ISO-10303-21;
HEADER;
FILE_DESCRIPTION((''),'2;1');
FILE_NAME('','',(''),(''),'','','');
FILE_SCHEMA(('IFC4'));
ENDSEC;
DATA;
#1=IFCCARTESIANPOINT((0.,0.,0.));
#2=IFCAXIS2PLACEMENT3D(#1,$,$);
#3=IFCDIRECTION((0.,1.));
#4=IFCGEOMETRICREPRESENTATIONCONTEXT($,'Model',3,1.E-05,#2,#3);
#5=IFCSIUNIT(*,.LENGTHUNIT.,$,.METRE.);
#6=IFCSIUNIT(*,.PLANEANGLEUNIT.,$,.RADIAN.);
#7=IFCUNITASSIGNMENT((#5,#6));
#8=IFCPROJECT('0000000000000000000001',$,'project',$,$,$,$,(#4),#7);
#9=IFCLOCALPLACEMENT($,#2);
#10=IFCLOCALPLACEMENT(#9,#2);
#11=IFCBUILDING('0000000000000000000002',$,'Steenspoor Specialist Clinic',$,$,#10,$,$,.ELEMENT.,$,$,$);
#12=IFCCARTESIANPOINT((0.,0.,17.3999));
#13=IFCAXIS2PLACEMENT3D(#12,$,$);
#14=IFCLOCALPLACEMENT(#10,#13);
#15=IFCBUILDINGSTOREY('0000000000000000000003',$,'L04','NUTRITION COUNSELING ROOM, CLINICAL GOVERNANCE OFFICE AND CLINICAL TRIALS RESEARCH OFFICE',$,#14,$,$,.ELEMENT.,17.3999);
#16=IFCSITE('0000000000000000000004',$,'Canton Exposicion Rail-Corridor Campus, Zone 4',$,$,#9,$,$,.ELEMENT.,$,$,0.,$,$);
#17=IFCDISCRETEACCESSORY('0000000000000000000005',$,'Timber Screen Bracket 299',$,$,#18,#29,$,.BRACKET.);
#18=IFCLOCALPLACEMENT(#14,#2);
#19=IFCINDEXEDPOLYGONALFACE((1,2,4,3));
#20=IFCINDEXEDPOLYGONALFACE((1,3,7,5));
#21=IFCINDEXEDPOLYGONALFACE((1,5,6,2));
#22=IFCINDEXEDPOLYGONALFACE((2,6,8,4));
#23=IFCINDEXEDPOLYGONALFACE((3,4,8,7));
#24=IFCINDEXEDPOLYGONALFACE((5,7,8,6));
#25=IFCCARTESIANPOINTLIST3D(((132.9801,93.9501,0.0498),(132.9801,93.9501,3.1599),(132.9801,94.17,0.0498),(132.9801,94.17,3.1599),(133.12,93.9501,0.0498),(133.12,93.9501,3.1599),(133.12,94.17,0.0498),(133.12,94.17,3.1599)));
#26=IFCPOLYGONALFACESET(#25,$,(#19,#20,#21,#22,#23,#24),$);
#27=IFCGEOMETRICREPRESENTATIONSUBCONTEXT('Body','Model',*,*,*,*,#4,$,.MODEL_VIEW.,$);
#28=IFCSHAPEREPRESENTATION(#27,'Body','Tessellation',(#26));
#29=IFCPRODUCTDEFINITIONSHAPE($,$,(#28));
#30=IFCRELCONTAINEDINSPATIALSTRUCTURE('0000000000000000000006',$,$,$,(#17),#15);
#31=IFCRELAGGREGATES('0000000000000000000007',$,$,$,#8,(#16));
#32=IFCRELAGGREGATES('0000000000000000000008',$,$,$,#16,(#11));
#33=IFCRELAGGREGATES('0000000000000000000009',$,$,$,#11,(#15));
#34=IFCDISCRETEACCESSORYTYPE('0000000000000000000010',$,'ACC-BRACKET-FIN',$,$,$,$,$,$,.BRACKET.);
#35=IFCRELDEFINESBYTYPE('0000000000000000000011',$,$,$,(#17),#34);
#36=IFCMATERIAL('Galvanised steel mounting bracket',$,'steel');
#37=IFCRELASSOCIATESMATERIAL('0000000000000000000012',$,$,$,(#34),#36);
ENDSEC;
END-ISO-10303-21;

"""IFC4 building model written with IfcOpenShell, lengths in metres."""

from ifc_helpers import new_model, si_unit, direction, frame, origin, origin_2d, place, context, subcontext, project, spatial, rectangle, extrude, material, type_object, element, save


model = new_model("IFC4")

# Units and contexts
model_context = context("Model", 3, precision=1e-05, world=origin(), true_north=direction((0.0, 1.0)))
body_context = subcontext(model_context, "Body", "Model", "MODEL_VIEW")
ifc_project = project(units=[si_unit("LENGTHUNIT", "METRE"), si_unit("PLANEANGLEUNIT", "RADIAN")], contexts=[model_context])

# Site, building, storey
site_placement = place(None, origin())
site = spatial("IfcSite", under=ifc_project, at=site_placement, Name="Canton Exposicion Rail-Corridor Campus, Zone 4", CompositionType="ELEMENT", RefElevation=0.0)
building_placement = place(site_placement, origin())
building = spatial("IfcBuilding", under=site, at=building_placement, Name="Steenspoor Specialist Clinic", CompositionType="ELEMENT")
storey_placement = place(building_placement, frame((0.0, 0.0, 17.3999)))
storey = spatial("IfcBuildingStorey", under=building, at=storey_placement, Name="L04", Description="NUTRITION COUNSELING ROOM, CLINICAL GOVERNANCE OFFICE AND CLINICAL TRIALS RESEARCH OFFICE", CompositionType="ELEMENT", Elevation=17.3999)

# Discrete accessory
ifc_material_1 = material(Name="Galvanised steel mounting bracket", Category="steel")
discrete_accessory_type = type_object("IfcDiscreteAccessoryType", Name="ACC-BRACKET-FIN", PredefinedType="BRACKET", material=ifc_material_1)
discrete_accessory_placement = place(storey_placement, frame((133.05, 94.0601, 0.0498), z_axis=(0.0, 0.0, 1.0), x_axis=(0.0, 1.0, 0.0)))
element("IfcDiscreteAccessory", 1, at=discrete_accessory_placement, inside=storey, type_object=discrete_accessory_type, Name="Timber Screen Bracket 299", PredefinedType="BRACKET", context=body_context, shape_type="SweptSolid", body=[
    extrude(rectangle(XDim=0.22, YDim=0.1399, at=origin_2d()), origin(), (0.0, 0.0, 1.0), 3.1101),
])

save(model, "model.ifc")
